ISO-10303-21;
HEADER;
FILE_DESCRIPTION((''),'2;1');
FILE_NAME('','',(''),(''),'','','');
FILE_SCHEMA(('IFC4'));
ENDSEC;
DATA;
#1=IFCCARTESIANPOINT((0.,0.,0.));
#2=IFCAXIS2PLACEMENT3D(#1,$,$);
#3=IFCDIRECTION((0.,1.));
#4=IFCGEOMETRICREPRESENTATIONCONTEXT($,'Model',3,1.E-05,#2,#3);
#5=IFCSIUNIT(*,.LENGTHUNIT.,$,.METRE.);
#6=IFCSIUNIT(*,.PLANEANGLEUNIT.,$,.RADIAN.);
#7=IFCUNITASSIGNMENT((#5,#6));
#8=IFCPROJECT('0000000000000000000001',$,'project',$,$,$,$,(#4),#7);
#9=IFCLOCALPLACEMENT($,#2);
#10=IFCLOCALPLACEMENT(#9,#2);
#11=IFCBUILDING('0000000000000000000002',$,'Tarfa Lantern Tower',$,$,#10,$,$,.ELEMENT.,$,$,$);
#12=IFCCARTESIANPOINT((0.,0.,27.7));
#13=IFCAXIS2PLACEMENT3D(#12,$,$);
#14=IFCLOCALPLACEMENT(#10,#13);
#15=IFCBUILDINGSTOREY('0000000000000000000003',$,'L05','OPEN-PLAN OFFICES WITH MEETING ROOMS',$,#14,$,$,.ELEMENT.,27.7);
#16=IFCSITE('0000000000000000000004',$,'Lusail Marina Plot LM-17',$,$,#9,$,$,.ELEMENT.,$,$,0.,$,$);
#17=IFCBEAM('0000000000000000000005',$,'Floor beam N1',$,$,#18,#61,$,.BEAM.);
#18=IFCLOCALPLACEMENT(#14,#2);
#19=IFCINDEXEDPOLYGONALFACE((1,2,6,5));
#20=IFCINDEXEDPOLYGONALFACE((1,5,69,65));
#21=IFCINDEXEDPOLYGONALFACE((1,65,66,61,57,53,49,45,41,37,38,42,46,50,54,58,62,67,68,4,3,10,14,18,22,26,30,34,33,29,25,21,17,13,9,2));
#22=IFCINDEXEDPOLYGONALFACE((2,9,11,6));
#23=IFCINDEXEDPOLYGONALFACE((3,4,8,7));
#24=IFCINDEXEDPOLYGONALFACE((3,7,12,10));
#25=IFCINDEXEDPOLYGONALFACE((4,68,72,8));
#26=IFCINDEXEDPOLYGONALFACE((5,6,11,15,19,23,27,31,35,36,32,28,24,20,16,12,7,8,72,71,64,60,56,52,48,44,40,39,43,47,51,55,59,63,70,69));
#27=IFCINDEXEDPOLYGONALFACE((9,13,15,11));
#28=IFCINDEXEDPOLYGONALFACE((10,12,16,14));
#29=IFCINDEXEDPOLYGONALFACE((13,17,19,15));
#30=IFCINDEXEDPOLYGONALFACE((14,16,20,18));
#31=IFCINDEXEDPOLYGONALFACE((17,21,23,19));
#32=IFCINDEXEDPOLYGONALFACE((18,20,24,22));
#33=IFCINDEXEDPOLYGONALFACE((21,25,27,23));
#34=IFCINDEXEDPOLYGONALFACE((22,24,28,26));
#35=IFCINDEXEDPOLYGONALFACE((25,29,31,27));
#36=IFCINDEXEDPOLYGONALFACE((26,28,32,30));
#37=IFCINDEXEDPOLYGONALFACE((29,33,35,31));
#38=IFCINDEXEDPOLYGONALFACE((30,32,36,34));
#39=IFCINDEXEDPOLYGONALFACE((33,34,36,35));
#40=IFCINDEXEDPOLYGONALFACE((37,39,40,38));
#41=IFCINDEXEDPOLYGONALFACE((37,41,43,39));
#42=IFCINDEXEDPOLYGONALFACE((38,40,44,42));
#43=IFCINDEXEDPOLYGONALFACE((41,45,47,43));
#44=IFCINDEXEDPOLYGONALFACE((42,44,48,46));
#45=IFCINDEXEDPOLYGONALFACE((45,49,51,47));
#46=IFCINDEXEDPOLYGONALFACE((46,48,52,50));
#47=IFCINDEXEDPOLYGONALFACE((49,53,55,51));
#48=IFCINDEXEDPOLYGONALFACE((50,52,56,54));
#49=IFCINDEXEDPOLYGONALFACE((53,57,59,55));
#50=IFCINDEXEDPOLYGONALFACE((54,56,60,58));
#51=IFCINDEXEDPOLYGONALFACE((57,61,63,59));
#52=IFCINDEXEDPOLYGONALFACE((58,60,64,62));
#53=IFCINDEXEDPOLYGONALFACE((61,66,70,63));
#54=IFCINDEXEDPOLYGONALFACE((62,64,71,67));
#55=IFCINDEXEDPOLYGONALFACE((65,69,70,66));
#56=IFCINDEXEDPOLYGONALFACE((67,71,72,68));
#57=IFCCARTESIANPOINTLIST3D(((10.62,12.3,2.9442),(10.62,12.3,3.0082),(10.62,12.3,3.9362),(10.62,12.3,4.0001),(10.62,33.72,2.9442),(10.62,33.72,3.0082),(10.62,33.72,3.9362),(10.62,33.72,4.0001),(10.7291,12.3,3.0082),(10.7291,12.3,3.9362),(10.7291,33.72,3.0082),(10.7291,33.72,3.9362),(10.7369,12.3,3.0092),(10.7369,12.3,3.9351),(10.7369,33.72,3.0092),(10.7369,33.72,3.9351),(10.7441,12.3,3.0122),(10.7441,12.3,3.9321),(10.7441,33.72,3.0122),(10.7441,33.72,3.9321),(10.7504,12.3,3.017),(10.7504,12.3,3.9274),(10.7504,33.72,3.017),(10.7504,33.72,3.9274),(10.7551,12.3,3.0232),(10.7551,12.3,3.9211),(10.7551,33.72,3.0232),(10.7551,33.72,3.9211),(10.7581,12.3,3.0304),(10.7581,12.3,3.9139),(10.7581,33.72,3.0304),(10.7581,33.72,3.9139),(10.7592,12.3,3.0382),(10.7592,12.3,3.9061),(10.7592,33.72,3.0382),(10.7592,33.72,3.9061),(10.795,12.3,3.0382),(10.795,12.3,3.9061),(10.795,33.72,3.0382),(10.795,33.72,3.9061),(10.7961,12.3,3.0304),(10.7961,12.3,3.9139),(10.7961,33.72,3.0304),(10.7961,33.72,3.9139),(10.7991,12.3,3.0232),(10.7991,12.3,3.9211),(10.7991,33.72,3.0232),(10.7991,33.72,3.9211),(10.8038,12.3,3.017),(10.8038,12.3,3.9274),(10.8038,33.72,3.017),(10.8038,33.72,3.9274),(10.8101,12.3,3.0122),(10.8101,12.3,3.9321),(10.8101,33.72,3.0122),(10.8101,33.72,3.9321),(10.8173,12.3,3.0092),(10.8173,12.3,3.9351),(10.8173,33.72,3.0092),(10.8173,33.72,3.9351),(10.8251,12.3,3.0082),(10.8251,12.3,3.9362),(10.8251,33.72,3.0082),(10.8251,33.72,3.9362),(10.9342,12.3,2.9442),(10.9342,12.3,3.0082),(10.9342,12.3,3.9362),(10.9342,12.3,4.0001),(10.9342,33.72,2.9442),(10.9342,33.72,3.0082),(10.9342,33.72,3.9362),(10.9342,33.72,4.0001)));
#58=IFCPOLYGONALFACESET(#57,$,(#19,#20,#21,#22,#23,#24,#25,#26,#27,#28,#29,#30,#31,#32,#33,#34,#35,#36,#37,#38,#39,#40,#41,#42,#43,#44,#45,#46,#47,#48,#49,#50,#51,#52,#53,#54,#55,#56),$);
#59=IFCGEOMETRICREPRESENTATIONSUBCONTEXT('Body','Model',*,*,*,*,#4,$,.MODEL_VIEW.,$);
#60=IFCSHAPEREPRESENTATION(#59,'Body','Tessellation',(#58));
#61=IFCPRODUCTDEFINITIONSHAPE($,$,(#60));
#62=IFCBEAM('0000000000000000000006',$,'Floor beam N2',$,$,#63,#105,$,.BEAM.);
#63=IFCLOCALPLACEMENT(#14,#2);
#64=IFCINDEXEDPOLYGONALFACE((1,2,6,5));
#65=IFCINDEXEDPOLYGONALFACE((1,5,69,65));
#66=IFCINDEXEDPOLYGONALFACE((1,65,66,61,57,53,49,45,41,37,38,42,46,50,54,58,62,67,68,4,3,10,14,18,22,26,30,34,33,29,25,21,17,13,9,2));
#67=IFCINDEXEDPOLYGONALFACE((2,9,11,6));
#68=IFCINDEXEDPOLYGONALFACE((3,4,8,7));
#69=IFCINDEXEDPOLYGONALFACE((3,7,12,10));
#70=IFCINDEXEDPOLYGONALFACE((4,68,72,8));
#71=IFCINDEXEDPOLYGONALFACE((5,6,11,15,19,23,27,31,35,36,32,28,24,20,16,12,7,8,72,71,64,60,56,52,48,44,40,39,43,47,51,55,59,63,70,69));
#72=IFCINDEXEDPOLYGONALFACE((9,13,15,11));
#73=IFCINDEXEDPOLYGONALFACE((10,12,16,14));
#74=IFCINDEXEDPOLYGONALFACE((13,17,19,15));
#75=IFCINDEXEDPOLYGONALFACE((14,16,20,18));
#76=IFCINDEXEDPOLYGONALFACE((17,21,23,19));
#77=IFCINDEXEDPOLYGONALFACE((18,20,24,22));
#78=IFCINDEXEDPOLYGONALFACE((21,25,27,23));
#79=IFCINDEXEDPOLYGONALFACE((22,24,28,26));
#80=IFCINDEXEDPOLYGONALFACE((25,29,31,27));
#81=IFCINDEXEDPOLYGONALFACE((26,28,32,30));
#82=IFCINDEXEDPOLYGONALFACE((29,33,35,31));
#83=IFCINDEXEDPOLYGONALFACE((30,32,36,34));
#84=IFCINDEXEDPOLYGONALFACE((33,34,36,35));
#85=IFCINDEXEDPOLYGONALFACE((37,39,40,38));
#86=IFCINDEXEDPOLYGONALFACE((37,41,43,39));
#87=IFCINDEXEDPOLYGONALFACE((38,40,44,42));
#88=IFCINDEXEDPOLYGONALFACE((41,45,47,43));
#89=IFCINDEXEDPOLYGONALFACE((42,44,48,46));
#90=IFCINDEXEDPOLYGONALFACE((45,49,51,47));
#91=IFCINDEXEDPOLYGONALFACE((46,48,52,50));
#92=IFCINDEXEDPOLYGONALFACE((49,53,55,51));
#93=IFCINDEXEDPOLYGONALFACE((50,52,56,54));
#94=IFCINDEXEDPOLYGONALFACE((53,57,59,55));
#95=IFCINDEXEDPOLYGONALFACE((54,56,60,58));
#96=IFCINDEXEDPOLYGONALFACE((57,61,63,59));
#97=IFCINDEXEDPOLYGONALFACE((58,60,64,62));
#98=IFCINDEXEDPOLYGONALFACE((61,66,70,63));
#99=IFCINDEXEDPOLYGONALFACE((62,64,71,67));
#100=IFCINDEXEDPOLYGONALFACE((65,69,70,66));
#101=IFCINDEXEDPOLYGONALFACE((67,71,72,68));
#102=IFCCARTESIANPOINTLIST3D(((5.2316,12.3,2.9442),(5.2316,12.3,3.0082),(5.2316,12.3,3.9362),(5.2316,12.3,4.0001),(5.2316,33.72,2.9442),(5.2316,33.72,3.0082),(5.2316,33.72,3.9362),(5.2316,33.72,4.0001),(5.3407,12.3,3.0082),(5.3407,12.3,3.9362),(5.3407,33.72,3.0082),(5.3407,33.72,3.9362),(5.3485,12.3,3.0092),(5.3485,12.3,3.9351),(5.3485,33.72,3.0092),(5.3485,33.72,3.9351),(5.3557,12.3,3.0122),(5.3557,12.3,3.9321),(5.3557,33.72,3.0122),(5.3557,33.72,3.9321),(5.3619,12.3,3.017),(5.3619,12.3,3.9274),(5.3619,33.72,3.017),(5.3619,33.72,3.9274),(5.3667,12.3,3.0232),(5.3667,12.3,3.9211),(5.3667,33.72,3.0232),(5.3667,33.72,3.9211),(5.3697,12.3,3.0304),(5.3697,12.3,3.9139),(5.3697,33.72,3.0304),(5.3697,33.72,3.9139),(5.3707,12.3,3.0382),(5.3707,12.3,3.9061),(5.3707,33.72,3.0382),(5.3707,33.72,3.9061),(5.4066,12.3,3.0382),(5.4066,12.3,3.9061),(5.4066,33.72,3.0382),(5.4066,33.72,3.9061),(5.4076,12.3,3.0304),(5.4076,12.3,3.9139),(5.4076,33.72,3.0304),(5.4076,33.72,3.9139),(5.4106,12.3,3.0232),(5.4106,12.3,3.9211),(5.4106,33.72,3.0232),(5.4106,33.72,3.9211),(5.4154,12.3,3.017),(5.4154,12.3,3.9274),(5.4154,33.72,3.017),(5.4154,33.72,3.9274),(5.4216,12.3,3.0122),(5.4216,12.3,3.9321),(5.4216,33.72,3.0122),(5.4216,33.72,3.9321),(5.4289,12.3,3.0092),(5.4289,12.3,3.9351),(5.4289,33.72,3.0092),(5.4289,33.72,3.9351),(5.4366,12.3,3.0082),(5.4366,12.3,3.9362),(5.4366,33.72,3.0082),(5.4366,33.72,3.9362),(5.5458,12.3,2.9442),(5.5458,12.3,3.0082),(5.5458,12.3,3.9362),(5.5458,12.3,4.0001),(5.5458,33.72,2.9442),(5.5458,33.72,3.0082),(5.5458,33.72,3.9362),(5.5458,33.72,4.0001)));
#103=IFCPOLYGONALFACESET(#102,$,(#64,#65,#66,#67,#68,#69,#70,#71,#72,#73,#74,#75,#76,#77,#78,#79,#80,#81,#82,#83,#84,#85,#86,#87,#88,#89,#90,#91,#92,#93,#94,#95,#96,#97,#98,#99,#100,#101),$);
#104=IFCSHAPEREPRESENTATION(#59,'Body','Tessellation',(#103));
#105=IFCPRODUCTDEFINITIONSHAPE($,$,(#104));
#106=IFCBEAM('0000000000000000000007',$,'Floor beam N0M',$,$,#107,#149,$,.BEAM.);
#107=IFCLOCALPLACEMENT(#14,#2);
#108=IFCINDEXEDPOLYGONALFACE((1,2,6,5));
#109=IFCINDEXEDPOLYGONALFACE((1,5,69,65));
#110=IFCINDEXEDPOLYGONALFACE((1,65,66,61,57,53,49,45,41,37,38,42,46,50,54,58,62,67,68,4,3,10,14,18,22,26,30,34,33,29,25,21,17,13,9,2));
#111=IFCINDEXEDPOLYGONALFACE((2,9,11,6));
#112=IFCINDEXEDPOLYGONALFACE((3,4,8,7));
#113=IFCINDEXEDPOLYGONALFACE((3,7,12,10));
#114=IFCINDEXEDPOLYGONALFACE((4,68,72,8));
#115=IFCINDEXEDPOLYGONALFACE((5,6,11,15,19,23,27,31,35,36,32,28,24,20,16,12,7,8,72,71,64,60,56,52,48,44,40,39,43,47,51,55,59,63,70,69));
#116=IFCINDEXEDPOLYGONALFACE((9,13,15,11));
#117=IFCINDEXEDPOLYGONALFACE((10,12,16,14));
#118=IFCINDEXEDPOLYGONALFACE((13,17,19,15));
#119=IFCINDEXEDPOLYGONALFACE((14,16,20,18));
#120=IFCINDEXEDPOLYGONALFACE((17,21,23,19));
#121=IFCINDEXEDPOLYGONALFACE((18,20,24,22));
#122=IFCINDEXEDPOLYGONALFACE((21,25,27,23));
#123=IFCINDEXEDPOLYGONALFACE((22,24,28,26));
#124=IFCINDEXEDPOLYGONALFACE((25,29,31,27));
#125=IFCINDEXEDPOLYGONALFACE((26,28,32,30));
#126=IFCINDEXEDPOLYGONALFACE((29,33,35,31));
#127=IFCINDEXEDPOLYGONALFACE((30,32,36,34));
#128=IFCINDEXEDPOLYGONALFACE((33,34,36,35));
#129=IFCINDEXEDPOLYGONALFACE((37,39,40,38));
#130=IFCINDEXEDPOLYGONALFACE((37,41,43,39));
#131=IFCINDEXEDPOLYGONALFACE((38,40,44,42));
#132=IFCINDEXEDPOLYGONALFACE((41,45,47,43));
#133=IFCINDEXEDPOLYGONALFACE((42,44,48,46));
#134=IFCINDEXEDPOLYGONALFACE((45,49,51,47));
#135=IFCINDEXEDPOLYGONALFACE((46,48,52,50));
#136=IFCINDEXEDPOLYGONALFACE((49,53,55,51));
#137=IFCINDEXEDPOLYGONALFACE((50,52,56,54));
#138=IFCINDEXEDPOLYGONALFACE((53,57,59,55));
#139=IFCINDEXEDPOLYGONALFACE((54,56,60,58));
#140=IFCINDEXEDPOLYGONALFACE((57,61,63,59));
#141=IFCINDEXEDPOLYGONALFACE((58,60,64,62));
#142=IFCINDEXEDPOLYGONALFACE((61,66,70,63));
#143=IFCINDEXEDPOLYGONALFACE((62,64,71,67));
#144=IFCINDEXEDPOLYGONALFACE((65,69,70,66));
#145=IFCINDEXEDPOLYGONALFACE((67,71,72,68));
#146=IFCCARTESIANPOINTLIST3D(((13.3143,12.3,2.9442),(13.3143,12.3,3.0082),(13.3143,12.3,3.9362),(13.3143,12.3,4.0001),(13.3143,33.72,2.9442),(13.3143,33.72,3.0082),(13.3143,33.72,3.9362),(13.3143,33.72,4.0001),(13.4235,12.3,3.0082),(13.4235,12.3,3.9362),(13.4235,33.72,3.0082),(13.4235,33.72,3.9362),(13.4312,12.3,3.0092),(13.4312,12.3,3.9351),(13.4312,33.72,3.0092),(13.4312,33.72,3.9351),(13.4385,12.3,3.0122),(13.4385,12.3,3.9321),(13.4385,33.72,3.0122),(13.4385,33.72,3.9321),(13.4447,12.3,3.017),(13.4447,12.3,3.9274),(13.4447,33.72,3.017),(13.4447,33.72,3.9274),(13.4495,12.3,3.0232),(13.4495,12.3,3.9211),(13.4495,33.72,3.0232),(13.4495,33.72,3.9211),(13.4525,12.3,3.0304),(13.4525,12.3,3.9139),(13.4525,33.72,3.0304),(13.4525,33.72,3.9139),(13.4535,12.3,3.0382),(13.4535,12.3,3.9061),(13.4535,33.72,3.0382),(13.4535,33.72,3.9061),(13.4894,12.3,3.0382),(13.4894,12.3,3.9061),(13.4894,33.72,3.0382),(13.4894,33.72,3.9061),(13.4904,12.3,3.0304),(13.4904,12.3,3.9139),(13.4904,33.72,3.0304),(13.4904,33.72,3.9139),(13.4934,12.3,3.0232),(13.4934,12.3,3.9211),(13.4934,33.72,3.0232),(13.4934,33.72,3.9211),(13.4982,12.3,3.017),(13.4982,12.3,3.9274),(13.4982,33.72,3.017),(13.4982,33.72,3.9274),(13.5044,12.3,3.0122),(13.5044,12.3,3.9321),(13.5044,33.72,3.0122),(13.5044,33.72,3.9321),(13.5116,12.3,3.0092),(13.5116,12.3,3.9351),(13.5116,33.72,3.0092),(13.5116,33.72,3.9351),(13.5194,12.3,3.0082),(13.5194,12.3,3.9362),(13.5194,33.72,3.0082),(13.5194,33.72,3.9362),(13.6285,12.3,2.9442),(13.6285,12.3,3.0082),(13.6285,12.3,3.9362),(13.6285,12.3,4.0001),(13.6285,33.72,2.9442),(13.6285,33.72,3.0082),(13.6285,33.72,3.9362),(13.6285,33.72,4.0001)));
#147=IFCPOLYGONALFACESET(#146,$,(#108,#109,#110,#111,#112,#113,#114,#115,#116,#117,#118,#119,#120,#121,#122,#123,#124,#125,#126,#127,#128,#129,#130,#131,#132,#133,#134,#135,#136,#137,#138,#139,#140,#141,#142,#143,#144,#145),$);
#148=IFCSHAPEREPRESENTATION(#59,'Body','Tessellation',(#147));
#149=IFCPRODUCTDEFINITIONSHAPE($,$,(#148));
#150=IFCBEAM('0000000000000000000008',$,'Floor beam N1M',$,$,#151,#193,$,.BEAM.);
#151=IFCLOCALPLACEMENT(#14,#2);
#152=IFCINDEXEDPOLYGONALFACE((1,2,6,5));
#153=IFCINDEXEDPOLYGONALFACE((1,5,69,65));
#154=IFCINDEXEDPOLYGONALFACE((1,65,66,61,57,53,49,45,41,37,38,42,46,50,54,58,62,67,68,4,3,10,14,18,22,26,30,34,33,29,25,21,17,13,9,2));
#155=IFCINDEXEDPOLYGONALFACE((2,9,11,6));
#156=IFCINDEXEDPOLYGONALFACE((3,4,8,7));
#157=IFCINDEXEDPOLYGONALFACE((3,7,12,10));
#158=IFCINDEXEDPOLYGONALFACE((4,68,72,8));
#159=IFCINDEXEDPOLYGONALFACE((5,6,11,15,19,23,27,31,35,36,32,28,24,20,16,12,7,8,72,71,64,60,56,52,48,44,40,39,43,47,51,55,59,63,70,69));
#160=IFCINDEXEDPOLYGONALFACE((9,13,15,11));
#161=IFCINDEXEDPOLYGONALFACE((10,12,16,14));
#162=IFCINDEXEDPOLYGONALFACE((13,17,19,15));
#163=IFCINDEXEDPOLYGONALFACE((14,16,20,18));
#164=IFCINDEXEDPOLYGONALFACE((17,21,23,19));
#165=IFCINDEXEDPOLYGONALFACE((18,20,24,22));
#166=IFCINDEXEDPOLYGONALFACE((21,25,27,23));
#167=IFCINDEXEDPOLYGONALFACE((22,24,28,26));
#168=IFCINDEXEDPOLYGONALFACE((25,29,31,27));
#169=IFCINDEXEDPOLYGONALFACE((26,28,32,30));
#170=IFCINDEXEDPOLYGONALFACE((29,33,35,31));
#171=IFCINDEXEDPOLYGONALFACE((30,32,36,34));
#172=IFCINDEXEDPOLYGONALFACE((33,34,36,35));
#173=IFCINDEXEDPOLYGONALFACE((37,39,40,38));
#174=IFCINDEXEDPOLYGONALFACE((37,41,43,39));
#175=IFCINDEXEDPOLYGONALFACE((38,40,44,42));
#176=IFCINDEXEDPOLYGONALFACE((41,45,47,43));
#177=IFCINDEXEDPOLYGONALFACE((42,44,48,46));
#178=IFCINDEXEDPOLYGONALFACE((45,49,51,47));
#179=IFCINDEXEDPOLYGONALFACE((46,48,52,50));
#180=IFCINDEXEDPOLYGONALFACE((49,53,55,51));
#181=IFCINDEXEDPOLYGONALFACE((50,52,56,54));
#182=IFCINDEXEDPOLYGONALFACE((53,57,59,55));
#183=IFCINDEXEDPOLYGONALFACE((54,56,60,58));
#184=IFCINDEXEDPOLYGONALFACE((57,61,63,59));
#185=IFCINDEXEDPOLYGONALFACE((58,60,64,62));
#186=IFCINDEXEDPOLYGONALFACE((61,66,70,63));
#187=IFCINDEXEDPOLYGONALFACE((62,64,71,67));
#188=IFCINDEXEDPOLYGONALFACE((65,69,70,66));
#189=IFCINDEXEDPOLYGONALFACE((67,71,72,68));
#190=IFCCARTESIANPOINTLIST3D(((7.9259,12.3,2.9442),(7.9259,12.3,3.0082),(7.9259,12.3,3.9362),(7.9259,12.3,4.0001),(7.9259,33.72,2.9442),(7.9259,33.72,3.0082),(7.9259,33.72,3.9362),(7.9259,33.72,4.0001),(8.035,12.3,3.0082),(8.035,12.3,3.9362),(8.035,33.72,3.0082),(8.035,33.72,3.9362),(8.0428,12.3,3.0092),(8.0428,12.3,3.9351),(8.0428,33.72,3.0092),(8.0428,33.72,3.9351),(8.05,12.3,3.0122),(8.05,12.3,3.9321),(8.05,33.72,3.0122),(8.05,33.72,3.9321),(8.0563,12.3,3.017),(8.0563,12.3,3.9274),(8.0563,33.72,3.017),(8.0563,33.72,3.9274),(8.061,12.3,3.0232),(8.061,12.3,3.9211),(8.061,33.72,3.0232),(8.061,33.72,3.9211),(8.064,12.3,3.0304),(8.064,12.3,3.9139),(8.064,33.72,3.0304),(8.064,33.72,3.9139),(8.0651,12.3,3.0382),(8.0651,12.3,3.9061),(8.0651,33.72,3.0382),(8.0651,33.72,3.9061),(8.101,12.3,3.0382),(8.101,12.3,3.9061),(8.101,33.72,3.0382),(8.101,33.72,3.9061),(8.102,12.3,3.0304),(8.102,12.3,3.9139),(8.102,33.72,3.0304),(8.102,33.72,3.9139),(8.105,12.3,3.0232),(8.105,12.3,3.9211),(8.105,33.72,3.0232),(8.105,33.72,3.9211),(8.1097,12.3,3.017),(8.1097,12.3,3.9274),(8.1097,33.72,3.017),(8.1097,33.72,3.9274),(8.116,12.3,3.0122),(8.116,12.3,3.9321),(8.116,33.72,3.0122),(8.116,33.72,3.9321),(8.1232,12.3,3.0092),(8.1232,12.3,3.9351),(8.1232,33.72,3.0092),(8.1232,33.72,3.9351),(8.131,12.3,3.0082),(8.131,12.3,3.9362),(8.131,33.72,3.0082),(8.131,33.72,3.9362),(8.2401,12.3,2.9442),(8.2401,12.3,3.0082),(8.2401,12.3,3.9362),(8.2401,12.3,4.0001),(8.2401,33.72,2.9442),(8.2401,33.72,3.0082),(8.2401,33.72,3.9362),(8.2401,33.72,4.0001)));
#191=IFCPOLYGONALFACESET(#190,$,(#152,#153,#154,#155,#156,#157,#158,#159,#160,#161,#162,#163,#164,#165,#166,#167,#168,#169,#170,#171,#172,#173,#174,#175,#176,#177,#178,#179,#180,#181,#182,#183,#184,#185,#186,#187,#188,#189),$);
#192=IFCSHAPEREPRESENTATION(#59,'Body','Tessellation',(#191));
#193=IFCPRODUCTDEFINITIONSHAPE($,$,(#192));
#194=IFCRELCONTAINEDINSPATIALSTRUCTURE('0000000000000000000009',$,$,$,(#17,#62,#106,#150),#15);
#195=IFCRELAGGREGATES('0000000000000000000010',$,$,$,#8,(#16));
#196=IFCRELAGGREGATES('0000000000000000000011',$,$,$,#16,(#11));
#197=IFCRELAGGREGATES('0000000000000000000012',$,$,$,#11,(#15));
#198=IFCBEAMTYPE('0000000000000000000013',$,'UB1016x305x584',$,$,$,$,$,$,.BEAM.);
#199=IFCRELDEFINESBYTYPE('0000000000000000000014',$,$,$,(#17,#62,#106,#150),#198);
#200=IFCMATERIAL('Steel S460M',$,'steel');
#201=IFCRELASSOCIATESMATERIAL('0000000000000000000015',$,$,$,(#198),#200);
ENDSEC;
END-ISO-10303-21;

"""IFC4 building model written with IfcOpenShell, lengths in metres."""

from ifc_helpers import new_model, si_unit, direction, frame, origin, origin_2d, place, context, subcontext, project, spatial, i_section, extrude, material, material_profile, profile_set, type_object, element, save


model = new_model("IFC4")

# Units and contexts
model_context = context("Model", 3, precision=1e-05, world=origin(), true_north=direction((0.0, 1.0)))
body_context = subcontext(model_context, "Body", "Model", "MODEL_VIEW")
ifc_project = project(units=[si_unit("LENGTHUNIT", "METRE"), si_unit("PLANEANGLEUNIT", "RADIAN")], contexts=[model_context])

# Site, building, storey
site_placement = place(None, origin())
site = spatial("IfcSite", under=ifc_project, at=site_placement, Name="Lusail Marina Plot LM-17", CompositionType="ELEMENT", RefElevation=0.0)
building_placement = place(site_placement, origin())
building = spatial("IfcBuilding", under=site, at=building_placement, Name="Tarfa Lantern Tower", CompositionType="ELEMENT")
storey_placement = place(building_placement, frame((0.0, 0.0, 27.7)))
storey = spatial("IfcBuildingStorey", under=building, at=storey_placement, Name="L05", Description="OPEN-PLAN OFFICES WITH MEETING ROOMS", CompositionType="ELEMENT", Elevation=27.7)

# Beams
ifc_material_1 = material(Name="Steel S460M", Category="steel")
ifc_material_profile_1 = material_profile(ifc_material_1, i_section(OverallWidth=0.3142, OverallDepth=1.0559, WebThickness=0.0359, FlangeThickness=0.064, FilletRadius=0.03, at=origin_2d()), Name="UB1016x305x584")
ifc_profile_set_1 = profile_set([ifc_material_profile_1], Name="Steel S460M")
beam_type_1 = type_object("IfcBeamType", Name="UB1016x305x584", PredefinedType="BEAM", material=ifc_profile_set_1)
for number, where, z_axis, x_axis, name in (
    (1, (10.7771, 33.72, 3.4722), (0.0, -1.0, 0.0), (1.0, 0.0, 0.0), "Floor beam N1"),
    (2, (5.3887, 33.72, 3.4722), (0.0, -1.0, 0.0), (1.0, 0.0, 0.0), "Floor beam N2"),
    (3, (13.4714, 33.72, 3.4722), (0.0, -1.0, 0.0), (1.0, 0.0, 0.0), "Floor beam N0M"),
    (4, (8.083, 33.72, 3.4722), (0.0, -1.0, 0.0), (1.0, 0.0, 0.0), "Floor beam N1M"),
):
    element("IfcBeam", number, at=place(storey_placement, frame(where, z_axis=z_axis, x_axis=x_axis)), inside=storey, type_object=beam_type_1, Name=name, PredefinedType="BEAM", context=body_context, shape_type="SweptSolid", body=[
        extrude(i_section(OverallWidth=0.3142, OverallDepth=1.0559, WebThickness=0.0359, FlangeThickness=0.064, FilletRadius=0.03, at=origin_2d()), origin(), (0.0, 0.0, 1.0), 21.4199),
    ])

save(model, "model.ifc")
